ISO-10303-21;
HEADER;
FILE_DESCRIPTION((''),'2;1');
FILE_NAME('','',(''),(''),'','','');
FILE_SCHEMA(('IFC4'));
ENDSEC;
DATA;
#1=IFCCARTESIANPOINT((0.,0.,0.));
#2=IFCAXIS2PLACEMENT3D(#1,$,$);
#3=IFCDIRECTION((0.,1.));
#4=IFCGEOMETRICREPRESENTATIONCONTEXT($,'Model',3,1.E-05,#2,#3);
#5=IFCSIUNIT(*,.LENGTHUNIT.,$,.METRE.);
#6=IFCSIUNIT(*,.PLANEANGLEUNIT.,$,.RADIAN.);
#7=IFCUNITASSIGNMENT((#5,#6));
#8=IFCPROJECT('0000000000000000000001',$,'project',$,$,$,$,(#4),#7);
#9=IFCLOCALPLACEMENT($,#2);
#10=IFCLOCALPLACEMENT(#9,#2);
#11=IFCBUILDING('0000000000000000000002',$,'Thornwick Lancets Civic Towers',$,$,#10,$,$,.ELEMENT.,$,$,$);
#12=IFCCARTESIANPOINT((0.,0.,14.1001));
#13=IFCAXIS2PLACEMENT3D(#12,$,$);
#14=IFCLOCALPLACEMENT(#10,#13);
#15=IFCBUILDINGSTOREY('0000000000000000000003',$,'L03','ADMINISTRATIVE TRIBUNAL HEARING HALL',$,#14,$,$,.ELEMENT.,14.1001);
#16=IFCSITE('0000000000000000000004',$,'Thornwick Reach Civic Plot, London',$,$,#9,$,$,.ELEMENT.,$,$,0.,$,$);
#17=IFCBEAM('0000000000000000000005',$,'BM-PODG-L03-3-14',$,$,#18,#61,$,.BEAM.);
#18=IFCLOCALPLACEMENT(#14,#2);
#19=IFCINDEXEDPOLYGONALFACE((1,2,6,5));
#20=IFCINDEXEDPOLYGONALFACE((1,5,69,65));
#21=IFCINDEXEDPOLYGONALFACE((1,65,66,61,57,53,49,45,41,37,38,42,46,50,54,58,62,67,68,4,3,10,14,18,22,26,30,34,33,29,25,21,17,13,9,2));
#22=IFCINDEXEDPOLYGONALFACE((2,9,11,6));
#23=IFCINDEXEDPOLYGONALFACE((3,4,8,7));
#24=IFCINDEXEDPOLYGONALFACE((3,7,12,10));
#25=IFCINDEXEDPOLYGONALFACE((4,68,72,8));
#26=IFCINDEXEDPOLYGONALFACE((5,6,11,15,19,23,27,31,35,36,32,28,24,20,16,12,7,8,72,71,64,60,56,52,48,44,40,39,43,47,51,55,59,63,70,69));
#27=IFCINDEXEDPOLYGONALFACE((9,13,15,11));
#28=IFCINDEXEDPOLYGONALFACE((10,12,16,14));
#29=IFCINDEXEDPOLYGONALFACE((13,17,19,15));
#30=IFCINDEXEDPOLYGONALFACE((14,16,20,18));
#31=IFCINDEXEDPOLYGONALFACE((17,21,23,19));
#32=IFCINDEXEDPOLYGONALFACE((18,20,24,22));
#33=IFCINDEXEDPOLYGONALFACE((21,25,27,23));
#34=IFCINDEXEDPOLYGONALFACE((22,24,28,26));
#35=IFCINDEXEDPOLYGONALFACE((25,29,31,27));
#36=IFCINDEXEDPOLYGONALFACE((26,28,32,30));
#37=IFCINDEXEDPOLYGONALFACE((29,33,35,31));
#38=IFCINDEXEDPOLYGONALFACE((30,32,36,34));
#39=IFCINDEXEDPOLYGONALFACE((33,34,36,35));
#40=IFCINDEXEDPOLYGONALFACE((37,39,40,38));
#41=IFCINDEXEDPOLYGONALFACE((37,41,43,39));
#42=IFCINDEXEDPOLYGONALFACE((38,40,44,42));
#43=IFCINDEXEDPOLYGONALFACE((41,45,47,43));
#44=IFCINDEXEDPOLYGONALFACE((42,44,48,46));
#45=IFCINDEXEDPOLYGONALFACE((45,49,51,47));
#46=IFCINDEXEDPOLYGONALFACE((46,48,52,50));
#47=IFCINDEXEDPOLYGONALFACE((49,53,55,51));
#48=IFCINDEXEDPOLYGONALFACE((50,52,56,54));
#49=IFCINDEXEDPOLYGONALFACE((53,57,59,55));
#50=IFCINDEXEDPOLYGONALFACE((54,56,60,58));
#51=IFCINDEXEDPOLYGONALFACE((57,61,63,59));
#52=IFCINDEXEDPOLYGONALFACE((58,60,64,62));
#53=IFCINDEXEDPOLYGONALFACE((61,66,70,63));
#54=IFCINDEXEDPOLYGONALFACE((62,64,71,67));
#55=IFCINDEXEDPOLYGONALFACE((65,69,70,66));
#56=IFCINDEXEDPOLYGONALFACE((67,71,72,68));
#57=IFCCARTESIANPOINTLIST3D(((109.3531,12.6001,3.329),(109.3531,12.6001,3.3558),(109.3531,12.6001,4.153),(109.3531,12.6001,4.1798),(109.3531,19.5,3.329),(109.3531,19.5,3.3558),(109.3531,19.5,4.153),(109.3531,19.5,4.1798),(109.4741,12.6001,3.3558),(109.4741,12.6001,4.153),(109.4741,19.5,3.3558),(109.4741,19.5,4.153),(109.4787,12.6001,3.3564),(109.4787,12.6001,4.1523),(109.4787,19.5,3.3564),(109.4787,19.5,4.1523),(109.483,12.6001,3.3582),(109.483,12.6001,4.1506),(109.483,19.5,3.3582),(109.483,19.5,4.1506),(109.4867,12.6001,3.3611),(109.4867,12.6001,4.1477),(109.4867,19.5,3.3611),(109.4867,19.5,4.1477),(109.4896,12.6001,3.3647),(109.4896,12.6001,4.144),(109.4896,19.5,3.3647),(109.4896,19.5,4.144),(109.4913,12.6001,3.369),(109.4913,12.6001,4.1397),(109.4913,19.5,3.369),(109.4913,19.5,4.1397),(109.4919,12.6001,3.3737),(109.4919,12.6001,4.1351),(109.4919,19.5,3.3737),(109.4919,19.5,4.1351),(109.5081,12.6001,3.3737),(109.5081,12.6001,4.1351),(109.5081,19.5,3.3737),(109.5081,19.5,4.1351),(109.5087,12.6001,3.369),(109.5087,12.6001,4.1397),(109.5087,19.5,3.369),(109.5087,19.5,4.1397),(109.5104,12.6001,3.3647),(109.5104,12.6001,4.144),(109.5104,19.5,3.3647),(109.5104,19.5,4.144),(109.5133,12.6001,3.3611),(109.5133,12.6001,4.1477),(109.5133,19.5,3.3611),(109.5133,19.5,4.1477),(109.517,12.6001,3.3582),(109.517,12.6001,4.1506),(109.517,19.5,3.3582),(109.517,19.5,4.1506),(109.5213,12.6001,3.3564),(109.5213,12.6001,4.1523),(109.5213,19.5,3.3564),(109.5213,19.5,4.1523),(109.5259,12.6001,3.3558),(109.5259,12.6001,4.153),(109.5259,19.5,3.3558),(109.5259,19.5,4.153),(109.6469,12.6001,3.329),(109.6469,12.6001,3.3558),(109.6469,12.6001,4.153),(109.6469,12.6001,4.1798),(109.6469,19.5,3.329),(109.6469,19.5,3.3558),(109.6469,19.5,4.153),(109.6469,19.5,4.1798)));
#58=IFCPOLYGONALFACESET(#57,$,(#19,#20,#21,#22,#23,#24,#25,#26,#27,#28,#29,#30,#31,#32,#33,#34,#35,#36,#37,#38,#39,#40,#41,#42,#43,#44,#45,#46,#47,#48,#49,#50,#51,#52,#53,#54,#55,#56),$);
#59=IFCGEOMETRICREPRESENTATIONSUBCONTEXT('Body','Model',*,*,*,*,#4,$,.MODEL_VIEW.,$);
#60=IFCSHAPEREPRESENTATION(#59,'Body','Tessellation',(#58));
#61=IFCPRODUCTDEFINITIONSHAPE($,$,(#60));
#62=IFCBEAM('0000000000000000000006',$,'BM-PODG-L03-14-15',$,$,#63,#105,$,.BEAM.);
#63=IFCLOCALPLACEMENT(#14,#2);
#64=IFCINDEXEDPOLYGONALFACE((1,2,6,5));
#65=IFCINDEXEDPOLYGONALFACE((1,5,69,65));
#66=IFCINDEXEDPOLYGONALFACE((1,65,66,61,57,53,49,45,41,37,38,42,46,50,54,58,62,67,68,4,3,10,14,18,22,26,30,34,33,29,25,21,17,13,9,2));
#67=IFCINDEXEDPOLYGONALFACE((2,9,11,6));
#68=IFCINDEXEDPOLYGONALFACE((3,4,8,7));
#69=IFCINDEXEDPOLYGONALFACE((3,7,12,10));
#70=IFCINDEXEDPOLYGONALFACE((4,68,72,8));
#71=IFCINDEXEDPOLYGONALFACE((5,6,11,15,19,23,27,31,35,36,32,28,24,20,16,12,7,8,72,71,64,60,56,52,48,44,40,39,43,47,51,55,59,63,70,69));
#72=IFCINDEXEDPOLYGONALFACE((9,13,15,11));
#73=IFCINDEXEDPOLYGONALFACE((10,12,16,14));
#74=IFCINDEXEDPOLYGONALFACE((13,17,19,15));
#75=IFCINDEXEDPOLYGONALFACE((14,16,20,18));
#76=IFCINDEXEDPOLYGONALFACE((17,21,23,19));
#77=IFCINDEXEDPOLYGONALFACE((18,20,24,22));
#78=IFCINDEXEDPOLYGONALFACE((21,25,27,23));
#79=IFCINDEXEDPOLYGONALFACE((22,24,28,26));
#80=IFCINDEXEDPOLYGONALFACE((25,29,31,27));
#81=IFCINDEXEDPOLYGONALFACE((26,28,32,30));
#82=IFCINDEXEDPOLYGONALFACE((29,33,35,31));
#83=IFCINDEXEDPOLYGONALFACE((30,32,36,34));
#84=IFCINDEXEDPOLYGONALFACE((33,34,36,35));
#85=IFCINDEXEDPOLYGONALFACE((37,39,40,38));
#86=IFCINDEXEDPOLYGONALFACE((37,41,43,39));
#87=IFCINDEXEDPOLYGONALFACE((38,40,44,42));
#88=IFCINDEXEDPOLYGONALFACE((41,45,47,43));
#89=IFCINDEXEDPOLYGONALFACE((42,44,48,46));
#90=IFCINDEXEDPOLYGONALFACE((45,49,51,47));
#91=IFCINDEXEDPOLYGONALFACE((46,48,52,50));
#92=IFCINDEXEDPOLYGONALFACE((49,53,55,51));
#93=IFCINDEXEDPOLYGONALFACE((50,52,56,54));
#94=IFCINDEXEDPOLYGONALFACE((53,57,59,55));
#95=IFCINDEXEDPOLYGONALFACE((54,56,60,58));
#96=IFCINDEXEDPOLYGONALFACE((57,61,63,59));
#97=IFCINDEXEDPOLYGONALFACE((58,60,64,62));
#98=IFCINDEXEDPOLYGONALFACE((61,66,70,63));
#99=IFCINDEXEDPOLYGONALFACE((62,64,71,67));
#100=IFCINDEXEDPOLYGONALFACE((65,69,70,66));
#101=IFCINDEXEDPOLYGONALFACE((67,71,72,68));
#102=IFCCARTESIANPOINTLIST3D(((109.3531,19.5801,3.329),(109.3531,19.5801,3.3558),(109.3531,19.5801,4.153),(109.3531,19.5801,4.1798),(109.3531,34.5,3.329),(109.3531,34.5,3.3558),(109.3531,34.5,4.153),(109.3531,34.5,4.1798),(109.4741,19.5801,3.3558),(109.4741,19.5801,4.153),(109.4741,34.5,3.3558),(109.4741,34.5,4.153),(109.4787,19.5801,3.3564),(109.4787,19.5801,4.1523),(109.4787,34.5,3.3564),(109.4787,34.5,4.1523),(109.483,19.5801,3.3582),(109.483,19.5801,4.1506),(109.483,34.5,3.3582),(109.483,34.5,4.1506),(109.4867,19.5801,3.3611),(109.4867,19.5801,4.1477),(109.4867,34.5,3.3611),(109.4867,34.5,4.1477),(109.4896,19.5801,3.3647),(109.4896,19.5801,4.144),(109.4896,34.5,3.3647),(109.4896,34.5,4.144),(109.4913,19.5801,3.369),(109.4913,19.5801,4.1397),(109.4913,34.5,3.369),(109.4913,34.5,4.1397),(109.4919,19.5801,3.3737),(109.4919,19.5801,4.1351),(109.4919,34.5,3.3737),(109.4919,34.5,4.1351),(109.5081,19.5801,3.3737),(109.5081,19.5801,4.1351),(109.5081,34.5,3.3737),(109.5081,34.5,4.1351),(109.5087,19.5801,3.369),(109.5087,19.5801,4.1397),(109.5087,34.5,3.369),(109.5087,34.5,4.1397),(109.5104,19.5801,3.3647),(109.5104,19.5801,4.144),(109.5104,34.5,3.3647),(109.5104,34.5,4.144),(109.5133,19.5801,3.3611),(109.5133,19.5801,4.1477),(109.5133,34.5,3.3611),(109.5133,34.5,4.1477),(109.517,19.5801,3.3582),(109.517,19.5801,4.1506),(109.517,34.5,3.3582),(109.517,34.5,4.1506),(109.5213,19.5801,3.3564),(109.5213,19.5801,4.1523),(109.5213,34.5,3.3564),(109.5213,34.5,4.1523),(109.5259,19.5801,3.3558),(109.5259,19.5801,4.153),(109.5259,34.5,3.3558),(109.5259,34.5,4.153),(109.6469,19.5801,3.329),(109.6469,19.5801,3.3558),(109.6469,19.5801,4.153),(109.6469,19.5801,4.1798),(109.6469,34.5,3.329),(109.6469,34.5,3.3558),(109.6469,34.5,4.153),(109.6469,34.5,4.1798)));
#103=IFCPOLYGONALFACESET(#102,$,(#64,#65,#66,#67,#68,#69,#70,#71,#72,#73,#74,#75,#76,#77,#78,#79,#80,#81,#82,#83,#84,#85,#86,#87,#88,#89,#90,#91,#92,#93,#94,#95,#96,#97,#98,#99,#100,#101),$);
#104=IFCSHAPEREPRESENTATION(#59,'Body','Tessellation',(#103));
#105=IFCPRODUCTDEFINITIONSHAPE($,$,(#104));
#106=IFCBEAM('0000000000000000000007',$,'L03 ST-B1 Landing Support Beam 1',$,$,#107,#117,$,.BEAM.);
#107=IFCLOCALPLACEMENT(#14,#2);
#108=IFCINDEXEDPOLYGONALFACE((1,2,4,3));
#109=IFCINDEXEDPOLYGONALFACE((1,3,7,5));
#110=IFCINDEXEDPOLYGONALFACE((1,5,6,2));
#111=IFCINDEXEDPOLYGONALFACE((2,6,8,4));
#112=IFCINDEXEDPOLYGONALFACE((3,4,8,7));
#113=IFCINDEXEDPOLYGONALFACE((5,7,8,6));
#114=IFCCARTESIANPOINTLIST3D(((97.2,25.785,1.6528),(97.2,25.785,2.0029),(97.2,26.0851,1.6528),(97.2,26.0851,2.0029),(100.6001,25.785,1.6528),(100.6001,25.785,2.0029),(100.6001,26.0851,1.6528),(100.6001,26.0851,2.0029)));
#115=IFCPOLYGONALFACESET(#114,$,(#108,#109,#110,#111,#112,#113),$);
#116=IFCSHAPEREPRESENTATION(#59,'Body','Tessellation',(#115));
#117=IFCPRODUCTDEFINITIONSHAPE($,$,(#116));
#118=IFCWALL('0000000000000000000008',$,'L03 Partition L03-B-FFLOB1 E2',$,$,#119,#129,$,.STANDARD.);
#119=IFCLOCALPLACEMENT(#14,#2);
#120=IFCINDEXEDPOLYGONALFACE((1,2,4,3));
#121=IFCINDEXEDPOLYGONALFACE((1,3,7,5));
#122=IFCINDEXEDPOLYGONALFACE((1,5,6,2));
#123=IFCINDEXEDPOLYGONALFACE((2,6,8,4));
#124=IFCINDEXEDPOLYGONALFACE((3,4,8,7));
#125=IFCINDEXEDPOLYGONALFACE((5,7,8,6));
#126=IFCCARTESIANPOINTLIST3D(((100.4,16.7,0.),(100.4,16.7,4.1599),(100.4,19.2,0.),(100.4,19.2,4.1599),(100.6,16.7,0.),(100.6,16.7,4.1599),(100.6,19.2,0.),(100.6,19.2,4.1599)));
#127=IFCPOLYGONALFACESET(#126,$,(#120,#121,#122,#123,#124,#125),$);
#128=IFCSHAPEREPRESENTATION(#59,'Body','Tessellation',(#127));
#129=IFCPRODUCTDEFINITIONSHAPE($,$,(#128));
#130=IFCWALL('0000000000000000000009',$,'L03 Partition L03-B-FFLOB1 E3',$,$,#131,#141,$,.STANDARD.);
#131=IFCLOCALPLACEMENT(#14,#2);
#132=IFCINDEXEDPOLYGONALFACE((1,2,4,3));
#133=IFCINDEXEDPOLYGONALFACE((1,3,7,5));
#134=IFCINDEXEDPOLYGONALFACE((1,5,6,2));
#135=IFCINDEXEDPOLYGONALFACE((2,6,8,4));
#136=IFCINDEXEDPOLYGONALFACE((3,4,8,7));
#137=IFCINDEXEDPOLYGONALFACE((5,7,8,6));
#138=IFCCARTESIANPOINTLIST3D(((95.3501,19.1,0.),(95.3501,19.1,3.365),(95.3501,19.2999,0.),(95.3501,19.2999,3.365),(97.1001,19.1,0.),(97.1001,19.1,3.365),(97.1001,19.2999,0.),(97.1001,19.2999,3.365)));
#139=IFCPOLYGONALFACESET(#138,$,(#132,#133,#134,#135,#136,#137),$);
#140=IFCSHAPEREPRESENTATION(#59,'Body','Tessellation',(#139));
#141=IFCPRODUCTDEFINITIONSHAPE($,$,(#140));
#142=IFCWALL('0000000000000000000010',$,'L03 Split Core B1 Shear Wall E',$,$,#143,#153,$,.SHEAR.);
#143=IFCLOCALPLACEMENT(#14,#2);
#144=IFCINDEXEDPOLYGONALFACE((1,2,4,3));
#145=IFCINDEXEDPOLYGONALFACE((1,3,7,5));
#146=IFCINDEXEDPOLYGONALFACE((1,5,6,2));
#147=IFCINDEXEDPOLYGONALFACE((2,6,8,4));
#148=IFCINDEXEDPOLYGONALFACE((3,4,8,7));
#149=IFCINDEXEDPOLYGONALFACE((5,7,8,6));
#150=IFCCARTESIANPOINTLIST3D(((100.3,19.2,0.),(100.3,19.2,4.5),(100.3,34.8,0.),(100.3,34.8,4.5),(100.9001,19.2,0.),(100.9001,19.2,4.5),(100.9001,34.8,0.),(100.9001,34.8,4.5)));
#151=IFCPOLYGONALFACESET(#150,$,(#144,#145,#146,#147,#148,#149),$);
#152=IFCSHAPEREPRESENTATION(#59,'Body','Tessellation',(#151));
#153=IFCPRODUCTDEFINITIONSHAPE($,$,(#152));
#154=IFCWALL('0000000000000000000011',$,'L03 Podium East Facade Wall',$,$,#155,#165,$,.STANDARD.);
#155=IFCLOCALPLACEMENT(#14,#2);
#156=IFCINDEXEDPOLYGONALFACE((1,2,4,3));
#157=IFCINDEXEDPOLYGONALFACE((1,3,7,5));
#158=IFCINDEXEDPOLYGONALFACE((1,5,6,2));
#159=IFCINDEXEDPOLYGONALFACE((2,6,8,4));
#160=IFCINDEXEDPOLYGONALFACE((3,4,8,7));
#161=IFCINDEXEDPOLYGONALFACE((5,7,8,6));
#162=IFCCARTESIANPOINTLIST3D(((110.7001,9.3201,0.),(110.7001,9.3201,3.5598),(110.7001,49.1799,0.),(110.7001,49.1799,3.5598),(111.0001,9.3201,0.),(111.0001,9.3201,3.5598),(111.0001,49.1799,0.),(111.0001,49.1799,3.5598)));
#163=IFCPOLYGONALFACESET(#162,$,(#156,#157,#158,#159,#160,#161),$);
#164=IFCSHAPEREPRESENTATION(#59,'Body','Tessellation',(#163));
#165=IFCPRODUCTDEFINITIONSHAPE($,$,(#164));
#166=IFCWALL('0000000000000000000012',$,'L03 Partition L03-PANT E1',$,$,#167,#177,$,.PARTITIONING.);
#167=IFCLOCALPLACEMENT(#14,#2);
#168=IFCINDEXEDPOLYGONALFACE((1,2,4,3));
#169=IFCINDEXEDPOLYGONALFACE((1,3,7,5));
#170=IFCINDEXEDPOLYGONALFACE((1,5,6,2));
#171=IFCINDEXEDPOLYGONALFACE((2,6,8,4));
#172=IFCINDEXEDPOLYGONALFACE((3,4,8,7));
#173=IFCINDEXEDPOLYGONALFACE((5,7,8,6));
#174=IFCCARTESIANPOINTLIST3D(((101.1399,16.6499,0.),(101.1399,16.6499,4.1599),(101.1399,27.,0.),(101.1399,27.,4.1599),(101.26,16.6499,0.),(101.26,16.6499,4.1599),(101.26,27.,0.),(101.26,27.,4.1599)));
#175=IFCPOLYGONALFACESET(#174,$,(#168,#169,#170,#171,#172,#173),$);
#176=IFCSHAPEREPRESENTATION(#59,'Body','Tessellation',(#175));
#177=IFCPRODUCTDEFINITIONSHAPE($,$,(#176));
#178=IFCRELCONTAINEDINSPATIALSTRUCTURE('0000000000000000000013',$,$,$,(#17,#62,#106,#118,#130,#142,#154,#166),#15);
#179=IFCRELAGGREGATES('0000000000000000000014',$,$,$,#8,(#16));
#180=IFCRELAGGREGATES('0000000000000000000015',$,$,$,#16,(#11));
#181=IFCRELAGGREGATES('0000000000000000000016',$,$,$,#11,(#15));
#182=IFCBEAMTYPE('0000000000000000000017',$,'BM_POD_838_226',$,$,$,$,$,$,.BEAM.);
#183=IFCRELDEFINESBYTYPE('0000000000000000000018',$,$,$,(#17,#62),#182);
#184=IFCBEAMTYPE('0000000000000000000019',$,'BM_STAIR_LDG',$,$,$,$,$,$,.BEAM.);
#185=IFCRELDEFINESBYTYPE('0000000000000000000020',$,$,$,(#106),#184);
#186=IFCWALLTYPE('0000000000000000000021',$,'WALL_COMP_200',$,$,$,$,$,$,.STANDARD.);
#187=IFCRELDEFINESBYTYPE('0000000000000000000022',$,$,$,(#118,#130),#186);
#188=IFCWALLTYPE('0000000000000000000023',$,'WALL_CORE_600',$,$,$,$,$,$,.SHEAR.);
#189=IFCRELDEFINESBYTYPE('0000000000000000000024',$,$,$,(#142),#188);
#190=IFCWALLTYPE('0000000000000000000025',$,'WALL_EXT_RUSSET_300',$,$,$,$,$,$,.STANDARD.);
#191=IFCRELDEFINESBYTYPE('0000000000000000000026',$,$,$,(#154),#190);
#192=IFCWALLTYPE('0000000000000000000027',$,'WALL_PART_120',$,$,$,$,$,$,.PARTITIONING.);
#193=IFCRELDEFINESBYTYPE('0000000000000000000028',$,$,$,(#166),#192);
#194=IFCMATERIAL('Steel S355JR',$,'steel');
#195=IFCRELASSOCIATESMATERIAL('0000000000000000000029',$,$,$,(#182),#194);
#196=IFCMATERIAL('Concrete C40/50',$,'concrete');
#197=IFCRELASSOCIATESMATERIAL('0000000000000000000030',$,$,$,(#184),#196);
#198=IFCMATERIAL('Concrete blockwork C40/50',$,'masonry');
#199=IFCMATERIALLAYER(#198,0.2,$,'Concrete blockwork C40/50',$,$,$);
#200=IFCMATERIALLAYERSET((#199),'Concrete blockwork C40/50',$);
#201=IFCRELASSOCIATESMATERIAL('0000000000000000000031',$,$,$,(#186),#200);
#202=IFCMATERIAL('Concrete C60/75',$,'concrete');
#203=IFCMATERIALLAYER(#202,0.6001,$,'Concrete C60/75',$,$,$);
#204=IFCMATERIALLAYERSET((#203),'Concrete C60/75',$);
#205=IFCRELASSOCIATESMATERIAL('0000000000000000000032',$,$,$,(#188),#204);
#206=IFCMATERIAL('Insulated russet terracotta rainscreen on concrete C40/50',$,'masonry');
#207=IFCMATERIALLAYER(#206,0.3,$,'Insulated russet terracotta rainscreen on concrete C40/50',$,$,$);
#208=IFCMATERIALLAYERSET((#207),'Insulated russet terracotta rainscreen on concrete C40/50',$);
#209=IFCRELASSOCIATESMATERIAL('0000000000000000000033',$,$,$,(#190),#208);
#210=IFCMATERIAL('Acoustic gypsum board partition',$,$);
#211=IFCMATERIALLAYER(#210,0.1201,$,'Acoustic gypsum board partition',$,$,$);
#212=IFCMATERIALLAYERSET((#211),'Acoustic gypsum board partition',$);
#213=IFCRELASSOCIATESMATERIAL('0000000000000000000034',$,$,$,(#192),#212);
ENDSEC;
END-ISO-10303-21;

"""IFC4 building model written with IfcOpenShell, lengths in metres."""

from ifc_helpers import new_model, si_unit, direction, frame, frame_2d, origin, origin_2d, place, context, subcontext, project, spatial, rectangle, i_section, extrude, material, layer, layer_set, material_profile, profile_set, type_object, element, save


model = new_model("IFC4")

# Units and contexts
model_context = context("Model", 3, precision=1e-05, world=origin(), true_north=direction((0.0, 1.0)))
body_context = subcontext(model_context, "Body", "Model", "MODEL_VIEW")
ifc_project = project(units=[si_unit("LENGTHUNIT", "METRE"), si_unit("PLANEANGLEUNIT", "RADIAN")], contexts=[model_context])

# Site, building, storey
site_placement = place(None, origin())
site = spatial("IfcSite", under=ifc_project, at=site_placement, Name="Thornwick Reach Civic Plot, London", CompositionType="ELEMENT", RefElevation=0.0)
building_placement = place(site_placement, origin())
building = spatial("IfcBuilding", under=site, at=building_placement, Name="Thornwick Lancets Civic Towers", CompositionType="ELEMENT")
storey_placement = place(building_placement, frame((0.0, 0.0, 14.1001)))
storey = spatial("IfcBuildingStorey", under=building, at=storey_placement, Name="L03", Description="ADMINISTRATIVE TRIBUNAL HEARING HALL", CompositionType="ELEMENT", Elevation=14.1001)

# Shared definitions
ifc_material_1 = material(Name="Concrete C60/75", Category="concrete")
ifc_material_2 = material(Name="Concrete C40/50", Category="concrete")

# Beams
ifc_material_3 = material(Name="Steel S355JR", Category="steel")
ifc_material_profile_1 = material_profile(ifc_material_3, i_section(OverallWidth=0.2937, OverallDepth=0.8508, WebThickness=0.0161, FlangeThickness=0.0269, FilletRadius=0.0178, at=origin_2d()), Name="UKB 838x292x226")
ifc_profile_set_1 = profile_set([ifc_material_profile_1], Name="Steel S355JR")
beam_type_1 = type_object("IfcBeamType", Name="BM_POD_838_226", PredefinedType="BEAM", material=ifc_profile_set_1)
beam_1_placement = place(storey_placement, frame((109.5, 12.6001, 3.7544), z_axis=(0.0, 1.0, 0.0), x_axis=(-1.0, 0.0, 0.0)))
element("IfcBeam", 1, at=beam_1_placement, inside=storey, type_object=beam_type_1, Name="BM-PODG-L03-3-14", PredefinedType="BEAM", context=body_context, shape_type="SweptSolid", body=[
    extrude(i_section(OverallWidth=0.2937, OverallDepth=0.8508, WebThickness=0.0161, FlangeThickness=0.0269, FilletRadius=0.0178, at=origin_2d()), origin(), (0.0, 0.0, 1.0), 6.8999),
])
beam_2_placement = place(storey_placement, frame((109.5, 19.5801, 3.7544), z_axis=(0.0, 1.0, 0.0), x_axis=(-1.0, 0.0, 0.0)))
element("IfcBeam", 2, at=beam_2_placement, inside=storey, type_object=beam_type_1, Name="BM-PODG-L03-14-15", PredefinedType="BEAM", context=body_context, shape_type="SweptSolid", body=[
    extrude(i_section(OverallWidth=0.2937, OverallDepth=0.8508, WebThickness=0.0161, FlangeThickness=0.0269, FilletRadius=0.0178, at=origin_2d()), origin(), (0.0, 0.0, 1.0), 14.9199),
])
ifc_material_profile_2 = material_profile(ifc_material_2, rectangle(XDim=0.3, YDim=0.3501, at=origin_2d()), Name="RC 300x350")
ifc_profile_set_2 = profile_set([ifc_material_profile_2], Name="Concrete C40/50")
beam_type_2 = type_object("IfcBeamType", Name="BM_STAIR_LDG", PredefinedType="BEAM", material=ifc_profile_set_2)
beam_3_placement = place(storey_placement, frame((100.6001, 25.9351, 1.8279), z_axis=(-1.0, 0.0, 0.0), x_axis=(0.0, -1.0, 0.0)))
element("IfcBeam", 3, at=beam_3_placement, inside=storey, type_object=beam_type_2, Name="L03 ST-B1 Landing Support Beam 1", PredefinedType="BEAM", context=body_context, shape_type="SweptSolid", body=[
    extrude(rectangle(XDim=0.3, YDim=0.3501, at=origin_2d()), origin(), (0.0, 0.0, 1.0), 3.4001),
])

# Walls
ifc_material_4 = material(Name="Concrete blockwork C40/50", Category="masonry")
ifc_layer_1 = layer(ifc_material_4, 0.2, Name="Concrete blockwork C40/50")
ifc_layer_set_1 = layer_set([ifc_layer_1], Name="Concrete blockwork C40/50")
wall_type_1 = type_object("IfcWallType", Name="WALL_COMP_200", PredefinedType="STANDARD", material=ifc_layer_set_1)
wall_1_placement = place(storey_placement, frame((100.5, 16.7, 0.0), z_axis=(0.0, 0.0, 1.0), x_axis=(0.0, 1.0, 0.0)))
element("IfcWall", 4, at=wall_1_placement, inside=storey, type_object=wall_type_1, Name="L03 Partition L03-B-FFLOB1 E2", PredefinedType="STANDARD", context=body_context, shape_type="SweptSolid", body=[
    extrude(rectangle(XDim=2.5, YDim=0.2, at=frame_2d((1.25, 0.0))), origin(), (0.0, 0.0, 1.0), 4.1599),
])
wall_2_placement = place(storey_placement, frame((97.1001, 19.2, 0.0), z_axis=(0.0, 0.0, 1.0), x_axis=(-1.0, 0.0, 0.0)))
element("IfcWall", 5, at=wall_2_placement, inside=storey, type_object=wall_type_1, Name="L03 Partition L03-B-FFLOB1 E3", PredefinedType="STANDARD", context=body_context, shape_type="SweptSolid", body=[
    extrude(rectangle(XDim=1.75, YDim=0.2, at=frame_2d((0.875, 0.0))), origin(), (0.0, 0.0, 1.0), 3.365),
])
ifc_layer_2 = layer(ifc_material_1, 0.6001, Name="Concrete C60/75")
ifc_layer_set_2 = layer_set([ifc_layer_2], Name="Concrete C60/75")
wall_type_2 = type_object("IfcWallType", Name="WALL_CORE_600", PredefinedType="SHEAR", material=ifc_layer_set_2)
wall_3_placement = place(storey_placement, frame((100.6001, 19.2, 0.0), z_axis=(0.0, 0.0, 1.0), x_axis=(0.0, 1.0, 0.0)))
element("IfcWall", 6, at=wall_3_placement, inside=storey, type_object=wall_type_2, Name="L03 Split Core B1 Shear Wall E", PredefinedType="SHEAR", context=body_context, shape_type="SweptSolid", body=[
    extrude(rectangle(XDim=15.6001, YDim=0.6001, at=frame_2d((7.8, 0.0))), origin(), (0.0, 0.0, 1.0), 4.5),
])
ifc_material_5 = material(Name="Insulated russet terracotta rainscreen on concrete C40/50", Category="masonry")
ifc_layer_3 = layer(ifc_material_5, 0.3, Name="Insulated russet terracotta rainscreen on concrete C40/50")
ifc_layer_set_3 = layer_set([ifc_layer_3], Name="Insulated russet terracotta rainscreen on concrete C40/50")
wall_type_3 = type_object("IfcWallType", Name="WALL_EXT_RUSSET_300", PredefinedType="STANDARD", material=ifc_layer_set_3)
wall_4_placement = place(storey_placement, frame((110.8501, 9.3201, 0.0), z_axis=(0.0, 0.0, 1.0), x_axis=(0.0, 1.0, 0.0)))
element("IfcWall", 7, at=wall_4_placement, inside=storey, type_object=wall_type_3, Name="L03 Podium East Facade Wall", PredefinedType="STANDARD", context=body_context, shape_type="SweptSolid", body=[
    extrude(rectangle(XDim=39.8599, YDim=0.3, at=frame_2d((19.9299, 0.0))), origin(), (0.0, 0.0, 1.0), 3.5598),
])
ifc_material_6 = material(Name="Acoustic gypsum board partition")
ifc_layer_4 = layer(ifc_material_6, 0.1201, Name="Acoustic gypsum board partition")
ifc_layer_set_4 = layer_set([ifc_layer_4], Name="Acoustic gypsum board partition")
wall_type_4 = type_object("IfcWallType", Name="WALL_PART_120", PredefinedType="PARTITIONING", material=ifc_layer_set_4)
wall_5_placement = place(storey_placement, frame((101.2, 16.6499, 0.0), z_axis=(0.0, 0.0, 1.0), x_axis=(0.0, 1.0, 0.0)))
element("IfcWall", 8, at=wall_5_placement, inside=storey, type_object=wall_type_4, Name="L03 Partition L03-PANT E1", PredefinedType="PARTITIONING", context=body_context, shape_type="SweptSolid", body=[
    extrude(rectangle(XDim=10.3501, YDim=0.1201, at=frame_2d((5.175, 0.0))), origin(), (0.0, 0.0, 1.0), 4.1599),
])

save(model, "model.ifc")
